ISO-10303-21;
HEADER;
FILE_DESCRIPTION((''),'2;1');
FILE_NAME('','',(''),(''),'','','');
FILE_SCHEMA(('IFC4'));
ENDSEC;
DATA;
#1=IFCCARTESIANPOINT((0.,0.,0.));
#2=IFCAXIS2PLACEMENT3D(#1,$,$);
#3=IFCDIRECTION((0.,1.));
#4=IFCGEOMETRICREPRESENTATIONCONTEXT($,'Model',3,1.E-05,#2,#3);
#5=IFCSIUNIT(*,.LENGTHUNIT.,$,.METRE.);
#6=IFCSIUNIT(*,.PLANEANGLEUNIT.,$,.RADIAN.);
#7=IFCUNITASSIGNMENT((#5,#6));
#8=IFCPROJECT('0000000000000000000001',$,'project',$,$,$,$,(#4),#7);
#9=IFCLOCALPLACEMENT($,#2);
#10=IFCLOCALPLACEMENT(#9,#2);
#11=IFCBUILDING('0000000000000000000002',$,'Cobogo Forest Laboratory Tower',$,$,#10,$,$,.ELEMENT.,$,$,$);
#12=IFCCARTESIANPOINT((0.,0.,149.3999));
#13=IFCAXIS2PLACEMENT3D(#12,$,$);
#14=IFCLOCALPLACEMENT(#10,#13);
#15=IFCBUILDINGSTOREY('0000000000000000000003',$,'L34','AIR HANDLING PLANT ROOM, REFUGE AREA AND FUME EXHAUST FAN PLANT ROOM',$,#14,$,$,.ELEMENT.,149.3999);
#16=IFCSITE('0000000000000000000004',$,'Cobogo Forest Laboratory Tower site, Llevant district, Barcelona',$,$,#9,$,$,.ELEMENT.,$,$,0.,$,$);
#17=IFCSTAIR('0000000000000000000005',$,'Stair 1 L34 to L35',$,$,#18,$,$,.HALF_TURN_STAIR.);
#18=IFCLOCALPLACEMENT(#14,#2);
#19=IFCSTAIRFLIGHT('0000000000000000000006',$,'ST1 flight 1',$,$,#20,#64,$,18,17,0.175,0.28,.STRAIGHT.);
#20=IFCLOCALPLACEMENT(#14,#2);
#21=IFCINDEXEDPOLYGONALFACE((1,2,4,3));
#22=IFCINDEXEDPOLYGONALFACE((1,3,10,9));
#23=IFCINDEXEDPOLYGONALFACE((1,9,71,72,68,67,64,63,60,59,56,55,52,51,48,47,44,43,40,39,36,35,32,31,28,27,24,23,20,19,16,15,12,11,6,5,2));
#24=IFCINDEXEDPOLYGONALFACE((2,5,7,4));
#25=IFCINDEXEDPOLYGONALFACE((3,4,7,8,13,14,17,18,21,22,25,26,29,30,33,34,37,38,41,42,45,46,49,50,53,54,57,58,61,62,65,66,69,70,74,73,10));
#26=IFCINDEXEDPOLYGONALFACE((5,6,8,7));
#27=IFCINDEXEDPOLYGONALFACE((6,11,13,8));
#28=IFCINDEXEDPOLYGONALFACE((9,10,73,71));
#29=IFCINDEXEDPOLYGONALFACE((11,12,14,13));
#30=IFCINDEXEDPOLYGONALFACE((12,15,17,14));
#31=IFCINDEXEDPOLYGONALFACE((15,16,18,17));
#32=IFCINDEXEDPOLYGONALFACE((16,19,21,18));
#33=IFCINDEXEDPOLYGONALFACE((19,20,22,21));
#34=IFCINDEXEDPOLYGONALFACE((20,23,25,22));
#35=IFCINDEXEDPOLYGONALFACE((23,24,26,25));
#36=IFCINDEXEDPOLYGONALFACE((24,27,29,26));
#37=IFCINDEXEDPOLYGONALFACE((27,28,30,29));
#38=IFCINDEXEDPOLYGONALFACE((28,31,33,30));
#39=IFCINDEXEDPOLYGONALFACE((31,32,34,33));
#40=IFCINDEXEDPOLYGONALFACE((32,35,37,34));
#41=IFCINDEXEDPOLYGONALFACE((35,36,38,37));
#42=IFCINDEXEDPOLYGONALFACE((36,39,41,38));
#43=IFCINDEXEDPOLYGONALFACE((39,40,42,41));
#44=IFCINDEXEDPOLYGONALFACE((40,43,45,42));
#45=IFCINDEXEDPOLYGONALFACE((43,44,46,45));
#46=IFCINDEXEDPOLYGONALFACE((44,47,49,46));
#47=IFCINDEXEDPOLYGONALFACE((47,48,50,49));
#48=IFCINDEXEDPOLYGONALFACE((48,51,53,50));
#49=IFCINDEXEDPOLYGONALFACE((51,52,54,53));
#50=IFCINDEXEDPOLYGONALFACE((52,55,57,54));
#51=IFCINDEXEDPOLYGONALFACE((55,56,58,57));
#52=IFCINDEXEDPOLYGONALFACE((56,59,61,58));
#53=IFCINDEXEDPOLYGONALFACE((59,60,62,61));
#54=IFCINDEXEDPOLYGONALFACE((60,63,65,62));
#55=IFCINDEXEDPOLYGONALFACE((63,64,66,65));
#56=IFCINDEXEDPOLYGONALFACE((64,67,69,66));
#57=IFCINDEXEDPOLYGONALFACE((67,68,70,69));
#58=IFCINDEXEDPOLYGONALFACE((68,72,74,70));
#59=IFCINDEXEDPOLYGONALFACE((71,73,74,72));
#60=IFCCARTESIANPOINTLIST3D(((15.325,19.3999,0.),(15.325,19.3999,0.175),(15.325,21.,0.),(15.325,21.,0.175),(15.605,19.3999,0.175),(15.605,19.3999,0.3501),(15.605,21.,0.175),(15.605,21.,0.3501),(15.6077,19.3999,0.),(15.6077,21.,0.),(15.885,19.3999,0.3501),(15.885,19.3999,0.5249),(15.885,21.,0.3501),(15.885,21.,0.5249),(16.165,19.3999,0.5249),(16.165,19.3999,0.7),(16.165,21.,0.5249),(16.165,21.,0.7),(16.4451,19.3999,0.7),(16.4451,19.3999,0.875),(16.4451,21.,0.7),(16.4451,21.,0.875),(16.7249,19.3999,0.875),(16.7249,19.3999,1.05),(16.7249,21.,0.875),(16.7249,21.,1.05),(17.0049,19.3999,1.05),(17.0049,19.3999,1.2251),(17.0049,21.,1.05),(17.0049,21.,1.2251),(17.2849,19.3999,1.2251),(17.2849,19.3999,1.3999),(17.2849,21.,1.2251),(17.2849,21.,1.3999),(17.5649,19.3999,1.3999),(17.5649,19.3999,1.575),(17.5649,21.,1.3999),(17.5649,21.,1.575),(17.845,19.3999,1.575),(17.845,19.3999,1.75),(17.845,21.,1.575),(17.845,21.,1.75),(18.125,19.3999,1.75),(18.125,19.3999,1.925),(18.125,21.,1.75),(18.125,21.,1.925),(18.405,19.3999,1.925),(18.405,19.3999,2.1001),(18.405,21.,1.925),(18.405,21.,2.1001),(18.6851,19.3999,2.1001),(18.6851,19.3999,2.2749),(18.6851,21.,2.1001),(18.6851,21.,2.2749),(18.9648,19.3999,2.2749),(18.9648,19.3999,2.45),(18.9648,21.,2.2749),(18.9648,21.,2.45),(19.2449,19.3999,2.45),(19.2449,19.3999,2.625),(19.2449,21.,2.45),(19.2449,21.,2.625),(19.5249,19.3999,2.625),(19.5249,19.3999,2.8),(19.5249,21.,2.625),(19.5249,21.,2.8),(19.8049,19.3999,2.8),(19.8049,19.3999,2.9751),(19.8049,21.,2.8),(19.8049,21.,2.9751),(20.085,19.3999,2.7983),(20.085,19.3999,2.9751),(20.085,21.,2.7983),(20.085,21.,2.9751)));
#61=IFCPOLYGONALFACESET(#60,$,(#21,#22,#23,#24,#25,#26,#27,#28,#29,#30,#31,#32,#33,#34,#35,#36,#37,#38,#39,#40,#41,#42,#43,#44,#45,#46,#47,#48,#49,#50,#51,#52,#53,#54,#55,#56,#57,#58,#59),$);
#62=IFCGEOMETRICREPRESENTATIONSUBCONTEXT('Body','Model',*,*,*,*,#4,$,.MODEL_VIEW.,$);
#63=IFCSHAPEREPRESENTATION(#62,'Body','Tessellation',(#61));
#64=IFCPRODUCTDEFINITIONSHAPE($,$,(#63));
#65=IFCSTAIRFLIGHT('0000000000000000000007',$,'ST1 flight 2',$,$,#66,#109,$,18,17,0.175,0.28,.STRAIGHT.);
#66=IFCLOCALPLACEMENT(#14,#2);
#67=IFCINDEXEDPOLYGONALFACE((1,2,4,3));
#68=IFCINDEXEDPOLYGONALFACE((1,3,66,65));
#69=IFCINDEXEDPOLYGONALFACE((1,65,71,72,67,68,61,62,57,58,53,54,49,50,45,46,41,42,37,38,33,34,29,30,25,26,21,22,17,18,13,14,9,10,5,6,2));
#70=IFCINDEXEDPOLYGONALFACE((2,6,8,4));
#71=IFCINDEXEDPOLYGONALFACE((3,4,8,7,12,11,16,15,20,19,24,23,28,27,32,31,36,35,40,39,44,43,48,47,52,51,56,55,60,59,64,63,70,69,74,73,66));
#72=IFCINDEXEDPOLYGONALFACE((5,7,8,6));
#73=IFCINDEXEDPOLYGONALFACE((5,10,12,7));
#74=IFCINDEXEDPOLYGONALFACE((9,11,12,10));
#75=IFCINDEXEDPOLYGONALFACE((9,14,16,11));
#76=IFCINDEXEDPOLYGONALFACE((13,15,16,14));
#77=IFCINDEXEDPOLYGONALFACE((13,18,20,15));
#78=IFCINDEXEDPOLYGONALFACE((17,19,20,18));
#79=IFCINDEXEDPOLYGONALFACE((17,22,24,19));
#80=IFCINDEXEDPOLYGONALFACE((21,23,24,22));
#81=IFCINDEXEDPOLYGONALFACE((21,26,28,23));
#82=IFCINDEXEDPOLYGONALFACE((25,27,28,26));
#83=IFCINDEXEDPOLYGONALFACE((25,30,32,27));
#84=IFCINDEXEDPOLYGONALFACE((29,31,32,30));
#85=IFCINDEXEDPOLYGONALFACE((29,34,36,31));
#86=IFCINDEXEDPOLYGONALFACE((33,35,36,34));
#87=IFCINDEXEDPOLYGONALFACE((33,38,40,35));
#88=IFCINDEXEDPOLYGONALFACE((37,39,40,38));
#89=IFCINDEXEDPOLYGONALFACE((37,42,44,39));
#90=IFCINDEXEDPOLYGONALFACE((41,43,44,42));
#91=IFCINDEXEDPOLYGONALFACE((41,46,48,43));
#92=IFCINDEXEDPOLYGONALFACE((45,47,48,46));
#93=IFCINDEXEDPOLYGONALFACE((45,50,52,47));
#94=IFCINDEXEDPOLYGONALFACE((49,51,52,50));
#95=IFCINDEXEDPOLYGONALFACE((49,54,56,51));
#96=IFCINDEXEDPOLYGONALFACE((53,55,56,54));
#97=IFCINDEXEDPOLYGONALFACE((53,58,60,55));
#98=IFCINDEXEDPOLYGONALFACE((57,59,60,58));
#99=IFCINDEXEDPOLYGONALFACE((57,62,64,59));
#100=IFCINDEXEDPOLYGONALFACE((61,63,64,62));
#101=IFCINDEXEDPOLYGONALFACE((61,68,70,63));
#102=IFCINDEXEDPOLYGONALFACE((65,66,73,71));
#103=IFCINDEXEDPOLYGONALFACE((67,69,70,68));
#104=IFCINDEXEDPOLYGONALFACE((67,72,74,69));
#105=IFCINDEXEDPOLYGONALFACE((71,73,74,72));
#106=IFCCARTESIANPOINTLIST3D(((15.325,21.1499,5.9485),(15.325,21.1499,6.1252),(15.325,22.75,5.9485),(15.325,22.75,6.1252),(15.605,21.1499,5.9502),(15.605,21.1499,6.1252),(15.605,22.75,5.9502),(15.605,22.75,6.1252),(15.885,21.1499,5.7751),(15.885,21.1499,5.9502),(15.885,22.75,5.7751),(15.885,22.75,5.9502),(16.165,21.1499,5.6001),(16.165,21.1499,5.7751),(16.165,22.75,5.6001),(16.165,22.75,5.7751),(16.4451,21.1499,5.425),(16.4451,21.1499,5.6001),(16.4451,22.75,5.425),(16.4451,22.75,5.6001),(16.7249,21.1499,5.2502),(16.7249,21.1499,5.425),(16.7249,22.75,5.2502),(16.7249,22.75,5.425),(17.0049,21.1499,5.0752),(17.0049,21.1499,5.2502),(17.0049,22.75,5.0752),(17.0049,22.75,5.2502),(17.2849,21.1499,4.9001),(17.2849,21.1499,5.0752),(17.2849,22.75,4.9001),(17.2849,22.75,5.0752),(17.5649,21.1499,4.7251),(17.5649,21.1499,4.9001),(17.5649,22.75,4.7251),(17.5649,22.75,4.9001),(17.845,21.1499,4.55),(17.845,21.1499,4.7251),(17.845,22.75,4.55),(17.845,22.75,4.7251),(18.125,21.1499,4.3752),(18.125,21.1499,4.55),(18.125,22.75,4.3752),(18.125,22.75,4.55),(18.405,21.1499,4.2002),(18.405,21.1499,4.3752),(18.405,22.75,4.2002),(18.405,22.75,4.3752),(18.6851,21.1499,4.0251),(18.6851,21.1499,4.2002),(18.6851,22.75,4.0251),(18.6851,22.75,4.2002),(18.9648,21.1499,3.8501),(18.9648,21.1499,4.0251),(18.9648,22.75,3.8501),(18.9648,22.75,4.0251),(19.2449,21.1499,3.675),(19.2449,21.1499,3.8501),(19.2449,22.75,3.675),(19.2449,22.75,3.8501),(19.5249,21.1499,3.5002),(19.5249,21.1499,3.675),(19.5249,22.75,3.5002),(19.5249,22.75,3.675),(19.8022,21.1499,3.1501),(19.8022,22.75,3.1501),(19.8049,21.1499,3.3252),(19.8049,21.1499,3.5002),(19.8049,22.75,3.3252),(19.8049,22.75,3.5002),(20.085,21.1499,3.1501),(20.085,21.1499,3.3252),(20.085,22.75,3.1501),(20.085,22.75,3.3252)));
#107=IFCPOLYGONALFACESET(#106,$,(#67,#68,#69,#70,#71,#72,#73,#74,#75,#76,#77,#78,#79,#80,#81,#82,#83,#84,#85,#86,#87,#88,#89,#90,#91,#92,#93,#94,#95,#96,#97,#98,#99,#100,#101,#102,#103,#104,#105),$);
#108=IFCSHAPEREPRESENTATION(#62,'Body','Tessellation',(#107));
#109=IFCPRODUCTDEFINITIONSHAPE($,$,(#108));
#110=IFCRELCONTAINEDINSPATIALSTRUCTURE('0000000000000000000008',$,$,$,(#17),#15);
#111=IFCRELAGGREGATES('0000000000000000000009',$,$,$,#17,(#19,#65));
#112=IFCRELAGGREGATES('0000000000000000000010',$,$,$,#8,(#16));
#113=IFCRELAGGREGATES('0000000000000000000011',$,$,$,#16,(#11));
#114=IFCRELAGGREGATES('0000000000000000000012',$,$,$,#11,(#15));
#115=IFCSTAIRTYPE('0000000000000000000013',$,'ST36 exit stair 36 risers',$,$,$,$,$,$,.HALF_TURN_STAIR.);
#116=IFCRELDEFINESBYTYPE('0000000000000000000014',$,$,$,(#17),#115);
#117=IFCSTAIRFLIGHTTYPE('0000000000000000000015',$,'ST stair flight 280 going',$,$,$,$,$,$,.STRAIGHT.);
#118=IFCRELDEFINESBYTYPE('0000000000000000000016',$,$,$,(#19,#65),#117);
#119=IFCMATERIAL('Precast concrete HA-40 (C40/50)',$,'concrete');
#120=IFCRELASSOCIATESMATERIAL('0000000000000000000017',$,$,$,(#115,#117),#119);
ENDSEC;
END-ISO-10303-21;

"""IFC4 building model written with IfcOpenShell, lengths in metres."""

from ifc_helpers import new_model, si_unit, direction, frame, origin, place, context, subcontext, project, spatial, polyline, outline, extrude, material, type_object, element, aggregate, save


model = new_model("IFC4")

# Units and contexts
model_context = context("Model", 3, precision=1e-05, world=origin(), true_north=direction((0.0, 1.0)))
body_context = subcontext(model_context, "Body", "Model", "MODEL_VIEW")
ifc_project = project(units=[si_unit("LENGTHUNIT", "METRE"), si_unit("PLANEANGLEUNIT", "RADIAN")], contexts=[model_context])

# Site, building, storey
site_placement = place(None, origin())
site = spatial("IfcSite", under=ifc_project, at=site_placement, Name="Cobogo Forest Laboratory Tower site, Llevant district, Barcelona", CompositionType="ELEMENT", RefElevation=0.0)
building_placement = place(site_placement, origin())
building = spatial("IfcBuilding", under=site, at=building_placement, Name="Cobogo Forest Laboratory Tower", CompositionType="ELEMENT")
storey_placement = place(building_placement, frame((0.0, 0.0, 149.3999)))
storey = spatial("IfcBuildingStorey", under=building, at=storey_placement, Name="L34", Description="AIR HANDLING PLANT ROOM, REFUGE AREA AND FUME EXHAUST FAN PLANT ROOM", CompositionType="ELEMENT", Elevation=149.3999)

# Stair, stair flights
ifc_material_1 = material(Name="Precast concrete HA-40 (C40/50)", Category="concrete")
stair_type = type_object("IfcStairType", Name="ST36 exit stair 36 risers", PredefinedType="HALF_TURN_STAIR", material=ifc_material_1)
stair_placement = place(storey_placement, origin())
stair = element("IfcStair", 1, at=stair_placement, inside=storey, type_object=stair_type, Name="Stair 1 L34 to L35", PredefinedType="HALF_TURN_STAIR")
stair_flight_type = type_object("IfcStairFlightType", Name="ST stair flight 280 going", PredefinedType="STRAIGHT", material=ifc_material_1)
stair_flight_1_placement = place(storey_placement, frame((15.325, 20.2, 0.0), z_axis=(0.0, 0.0, 1.0), x_axis=(1.0, 0.0, 0.0)))
stair_flight_1 = element("IfcStairFlight", 2, at=stair_flight_1_placement, type_object=stair_flight_type, Name="ST1 flight 1", NumberOfRisers=18, NumberOfTreads=17, PredefinedType="STRAIGHT", RiserHeight=0.175, TreadLength=0.28, context=body_context, shape_type="SweptSolid", body=[
    extrude(outline(polyline([(0.0, 0.0), (0.0, 0.175), (0.28, 0.175), (0.28, 0.3501), (0.5601, 0.3501), (0.5601, 0.5249), (0.8401, 0.5249), (0.8401, 0.7), (1.1201, 0.7), (1.1201, 0.875), (1.3999, 0.875), (1.3999, 1.05), (1.6799, 1.05), (1.6799, 1.2251), (1.96, 1.2251), (1.96, 1.3999), (2.24, 1.3999), (2.24, 1.575), (2.52, 1.575), (2.52, 1.75), (2.8, 1.75), (2.8, 1.925), (3.0801, 1.925), (3.0801, 2.1001), (3.3601, 2.1001), (3.3601, 2.2749), (3.6399, 2.2749), (3.6399, 2.45), (3.9199, 2.45), (3.9199, 2.625), (4.2, 2.625), (4.2, 2.8), (4.48, 2.8), (4.48, 2.9751), (4.76, 2.9751), (4.76, 3.1499), (4.76, 2.7983), (0.2827, 0.0), (0.0, 0.0)])), frame((0.0, 0.8, 0.0), z_axis=(0.0, -1.0, 0.0), x_axis=(1.0, 0.0, 0.0)), (0.0, 0.0, 1.0), 1.6001),
])
stair_flight_2_placement = place(storey_placement, frame((20.085, 21.95, 3.1501), z_axis=(0.0, 0.0, 1.0), x_axis=(-1.0, 0.0, 0.0)))
stair_flight_2 = element("IfcStairFlight", 3, at=stair_flight_2_placement, type_object=stair_flight_type, Name="ST1 flight 2", NumberOfRisers=18, NumberOfTreads=17, PredefinedType="STRAIGHT", RiserHeight=0.175, TreadLength=0.28, context=body_context, shape_type="SweptSolid", body=[
    extrude(outline(polyline([(0.0, 0.0), (0.0, 0.175), (0.28, 0.175), (0.28, 0.3501), (0.5601, 0.3501), (0.5601, 0.5249), (0.8401, 0.5249), (0.8401, 0.7), (1.1201, 0.7), (1.1201, 0.875), (1.3999, 0.875), (1.3999, 1.05), (1.6799, 1.05), (1.6799, 1.2251), (1.96, 1.2251), (1.96, 1.3999), (2.24, 1.3999), (2.24, 1.575), (2.52, 1.575), (2.52, 1.75), (2.8, 1.75), (2.8, 1.925), (3.0801, 1.925), (3.0801, 2.1001), (3.3601, 2.1001), (3.3601, 2.2749), (3.6399, 2.2749), (3.6399, 2.45), (3.9199, 2.45), (3.9199, 2.625), (4.2, 2.625), (4.2, 2.8), (4.48, 2.8), (4.48, 2.9751), (4.76, 2.9751), (4.76, 3.1499), (4.76, 2.7983), (0.2827, 0.0), (0.0, 0.0)])), frame((0.0, 0.8, 0.0), z_axis=(0.0, -1.0, 0.0), x_axis=(1.0, 0.0, 0.0)), (0.0, 0.0, 1.0), 1.6001),
])
aggregate(stair, [stair_flight_1, stair_flight_2])

save(model, "model.ifc")
